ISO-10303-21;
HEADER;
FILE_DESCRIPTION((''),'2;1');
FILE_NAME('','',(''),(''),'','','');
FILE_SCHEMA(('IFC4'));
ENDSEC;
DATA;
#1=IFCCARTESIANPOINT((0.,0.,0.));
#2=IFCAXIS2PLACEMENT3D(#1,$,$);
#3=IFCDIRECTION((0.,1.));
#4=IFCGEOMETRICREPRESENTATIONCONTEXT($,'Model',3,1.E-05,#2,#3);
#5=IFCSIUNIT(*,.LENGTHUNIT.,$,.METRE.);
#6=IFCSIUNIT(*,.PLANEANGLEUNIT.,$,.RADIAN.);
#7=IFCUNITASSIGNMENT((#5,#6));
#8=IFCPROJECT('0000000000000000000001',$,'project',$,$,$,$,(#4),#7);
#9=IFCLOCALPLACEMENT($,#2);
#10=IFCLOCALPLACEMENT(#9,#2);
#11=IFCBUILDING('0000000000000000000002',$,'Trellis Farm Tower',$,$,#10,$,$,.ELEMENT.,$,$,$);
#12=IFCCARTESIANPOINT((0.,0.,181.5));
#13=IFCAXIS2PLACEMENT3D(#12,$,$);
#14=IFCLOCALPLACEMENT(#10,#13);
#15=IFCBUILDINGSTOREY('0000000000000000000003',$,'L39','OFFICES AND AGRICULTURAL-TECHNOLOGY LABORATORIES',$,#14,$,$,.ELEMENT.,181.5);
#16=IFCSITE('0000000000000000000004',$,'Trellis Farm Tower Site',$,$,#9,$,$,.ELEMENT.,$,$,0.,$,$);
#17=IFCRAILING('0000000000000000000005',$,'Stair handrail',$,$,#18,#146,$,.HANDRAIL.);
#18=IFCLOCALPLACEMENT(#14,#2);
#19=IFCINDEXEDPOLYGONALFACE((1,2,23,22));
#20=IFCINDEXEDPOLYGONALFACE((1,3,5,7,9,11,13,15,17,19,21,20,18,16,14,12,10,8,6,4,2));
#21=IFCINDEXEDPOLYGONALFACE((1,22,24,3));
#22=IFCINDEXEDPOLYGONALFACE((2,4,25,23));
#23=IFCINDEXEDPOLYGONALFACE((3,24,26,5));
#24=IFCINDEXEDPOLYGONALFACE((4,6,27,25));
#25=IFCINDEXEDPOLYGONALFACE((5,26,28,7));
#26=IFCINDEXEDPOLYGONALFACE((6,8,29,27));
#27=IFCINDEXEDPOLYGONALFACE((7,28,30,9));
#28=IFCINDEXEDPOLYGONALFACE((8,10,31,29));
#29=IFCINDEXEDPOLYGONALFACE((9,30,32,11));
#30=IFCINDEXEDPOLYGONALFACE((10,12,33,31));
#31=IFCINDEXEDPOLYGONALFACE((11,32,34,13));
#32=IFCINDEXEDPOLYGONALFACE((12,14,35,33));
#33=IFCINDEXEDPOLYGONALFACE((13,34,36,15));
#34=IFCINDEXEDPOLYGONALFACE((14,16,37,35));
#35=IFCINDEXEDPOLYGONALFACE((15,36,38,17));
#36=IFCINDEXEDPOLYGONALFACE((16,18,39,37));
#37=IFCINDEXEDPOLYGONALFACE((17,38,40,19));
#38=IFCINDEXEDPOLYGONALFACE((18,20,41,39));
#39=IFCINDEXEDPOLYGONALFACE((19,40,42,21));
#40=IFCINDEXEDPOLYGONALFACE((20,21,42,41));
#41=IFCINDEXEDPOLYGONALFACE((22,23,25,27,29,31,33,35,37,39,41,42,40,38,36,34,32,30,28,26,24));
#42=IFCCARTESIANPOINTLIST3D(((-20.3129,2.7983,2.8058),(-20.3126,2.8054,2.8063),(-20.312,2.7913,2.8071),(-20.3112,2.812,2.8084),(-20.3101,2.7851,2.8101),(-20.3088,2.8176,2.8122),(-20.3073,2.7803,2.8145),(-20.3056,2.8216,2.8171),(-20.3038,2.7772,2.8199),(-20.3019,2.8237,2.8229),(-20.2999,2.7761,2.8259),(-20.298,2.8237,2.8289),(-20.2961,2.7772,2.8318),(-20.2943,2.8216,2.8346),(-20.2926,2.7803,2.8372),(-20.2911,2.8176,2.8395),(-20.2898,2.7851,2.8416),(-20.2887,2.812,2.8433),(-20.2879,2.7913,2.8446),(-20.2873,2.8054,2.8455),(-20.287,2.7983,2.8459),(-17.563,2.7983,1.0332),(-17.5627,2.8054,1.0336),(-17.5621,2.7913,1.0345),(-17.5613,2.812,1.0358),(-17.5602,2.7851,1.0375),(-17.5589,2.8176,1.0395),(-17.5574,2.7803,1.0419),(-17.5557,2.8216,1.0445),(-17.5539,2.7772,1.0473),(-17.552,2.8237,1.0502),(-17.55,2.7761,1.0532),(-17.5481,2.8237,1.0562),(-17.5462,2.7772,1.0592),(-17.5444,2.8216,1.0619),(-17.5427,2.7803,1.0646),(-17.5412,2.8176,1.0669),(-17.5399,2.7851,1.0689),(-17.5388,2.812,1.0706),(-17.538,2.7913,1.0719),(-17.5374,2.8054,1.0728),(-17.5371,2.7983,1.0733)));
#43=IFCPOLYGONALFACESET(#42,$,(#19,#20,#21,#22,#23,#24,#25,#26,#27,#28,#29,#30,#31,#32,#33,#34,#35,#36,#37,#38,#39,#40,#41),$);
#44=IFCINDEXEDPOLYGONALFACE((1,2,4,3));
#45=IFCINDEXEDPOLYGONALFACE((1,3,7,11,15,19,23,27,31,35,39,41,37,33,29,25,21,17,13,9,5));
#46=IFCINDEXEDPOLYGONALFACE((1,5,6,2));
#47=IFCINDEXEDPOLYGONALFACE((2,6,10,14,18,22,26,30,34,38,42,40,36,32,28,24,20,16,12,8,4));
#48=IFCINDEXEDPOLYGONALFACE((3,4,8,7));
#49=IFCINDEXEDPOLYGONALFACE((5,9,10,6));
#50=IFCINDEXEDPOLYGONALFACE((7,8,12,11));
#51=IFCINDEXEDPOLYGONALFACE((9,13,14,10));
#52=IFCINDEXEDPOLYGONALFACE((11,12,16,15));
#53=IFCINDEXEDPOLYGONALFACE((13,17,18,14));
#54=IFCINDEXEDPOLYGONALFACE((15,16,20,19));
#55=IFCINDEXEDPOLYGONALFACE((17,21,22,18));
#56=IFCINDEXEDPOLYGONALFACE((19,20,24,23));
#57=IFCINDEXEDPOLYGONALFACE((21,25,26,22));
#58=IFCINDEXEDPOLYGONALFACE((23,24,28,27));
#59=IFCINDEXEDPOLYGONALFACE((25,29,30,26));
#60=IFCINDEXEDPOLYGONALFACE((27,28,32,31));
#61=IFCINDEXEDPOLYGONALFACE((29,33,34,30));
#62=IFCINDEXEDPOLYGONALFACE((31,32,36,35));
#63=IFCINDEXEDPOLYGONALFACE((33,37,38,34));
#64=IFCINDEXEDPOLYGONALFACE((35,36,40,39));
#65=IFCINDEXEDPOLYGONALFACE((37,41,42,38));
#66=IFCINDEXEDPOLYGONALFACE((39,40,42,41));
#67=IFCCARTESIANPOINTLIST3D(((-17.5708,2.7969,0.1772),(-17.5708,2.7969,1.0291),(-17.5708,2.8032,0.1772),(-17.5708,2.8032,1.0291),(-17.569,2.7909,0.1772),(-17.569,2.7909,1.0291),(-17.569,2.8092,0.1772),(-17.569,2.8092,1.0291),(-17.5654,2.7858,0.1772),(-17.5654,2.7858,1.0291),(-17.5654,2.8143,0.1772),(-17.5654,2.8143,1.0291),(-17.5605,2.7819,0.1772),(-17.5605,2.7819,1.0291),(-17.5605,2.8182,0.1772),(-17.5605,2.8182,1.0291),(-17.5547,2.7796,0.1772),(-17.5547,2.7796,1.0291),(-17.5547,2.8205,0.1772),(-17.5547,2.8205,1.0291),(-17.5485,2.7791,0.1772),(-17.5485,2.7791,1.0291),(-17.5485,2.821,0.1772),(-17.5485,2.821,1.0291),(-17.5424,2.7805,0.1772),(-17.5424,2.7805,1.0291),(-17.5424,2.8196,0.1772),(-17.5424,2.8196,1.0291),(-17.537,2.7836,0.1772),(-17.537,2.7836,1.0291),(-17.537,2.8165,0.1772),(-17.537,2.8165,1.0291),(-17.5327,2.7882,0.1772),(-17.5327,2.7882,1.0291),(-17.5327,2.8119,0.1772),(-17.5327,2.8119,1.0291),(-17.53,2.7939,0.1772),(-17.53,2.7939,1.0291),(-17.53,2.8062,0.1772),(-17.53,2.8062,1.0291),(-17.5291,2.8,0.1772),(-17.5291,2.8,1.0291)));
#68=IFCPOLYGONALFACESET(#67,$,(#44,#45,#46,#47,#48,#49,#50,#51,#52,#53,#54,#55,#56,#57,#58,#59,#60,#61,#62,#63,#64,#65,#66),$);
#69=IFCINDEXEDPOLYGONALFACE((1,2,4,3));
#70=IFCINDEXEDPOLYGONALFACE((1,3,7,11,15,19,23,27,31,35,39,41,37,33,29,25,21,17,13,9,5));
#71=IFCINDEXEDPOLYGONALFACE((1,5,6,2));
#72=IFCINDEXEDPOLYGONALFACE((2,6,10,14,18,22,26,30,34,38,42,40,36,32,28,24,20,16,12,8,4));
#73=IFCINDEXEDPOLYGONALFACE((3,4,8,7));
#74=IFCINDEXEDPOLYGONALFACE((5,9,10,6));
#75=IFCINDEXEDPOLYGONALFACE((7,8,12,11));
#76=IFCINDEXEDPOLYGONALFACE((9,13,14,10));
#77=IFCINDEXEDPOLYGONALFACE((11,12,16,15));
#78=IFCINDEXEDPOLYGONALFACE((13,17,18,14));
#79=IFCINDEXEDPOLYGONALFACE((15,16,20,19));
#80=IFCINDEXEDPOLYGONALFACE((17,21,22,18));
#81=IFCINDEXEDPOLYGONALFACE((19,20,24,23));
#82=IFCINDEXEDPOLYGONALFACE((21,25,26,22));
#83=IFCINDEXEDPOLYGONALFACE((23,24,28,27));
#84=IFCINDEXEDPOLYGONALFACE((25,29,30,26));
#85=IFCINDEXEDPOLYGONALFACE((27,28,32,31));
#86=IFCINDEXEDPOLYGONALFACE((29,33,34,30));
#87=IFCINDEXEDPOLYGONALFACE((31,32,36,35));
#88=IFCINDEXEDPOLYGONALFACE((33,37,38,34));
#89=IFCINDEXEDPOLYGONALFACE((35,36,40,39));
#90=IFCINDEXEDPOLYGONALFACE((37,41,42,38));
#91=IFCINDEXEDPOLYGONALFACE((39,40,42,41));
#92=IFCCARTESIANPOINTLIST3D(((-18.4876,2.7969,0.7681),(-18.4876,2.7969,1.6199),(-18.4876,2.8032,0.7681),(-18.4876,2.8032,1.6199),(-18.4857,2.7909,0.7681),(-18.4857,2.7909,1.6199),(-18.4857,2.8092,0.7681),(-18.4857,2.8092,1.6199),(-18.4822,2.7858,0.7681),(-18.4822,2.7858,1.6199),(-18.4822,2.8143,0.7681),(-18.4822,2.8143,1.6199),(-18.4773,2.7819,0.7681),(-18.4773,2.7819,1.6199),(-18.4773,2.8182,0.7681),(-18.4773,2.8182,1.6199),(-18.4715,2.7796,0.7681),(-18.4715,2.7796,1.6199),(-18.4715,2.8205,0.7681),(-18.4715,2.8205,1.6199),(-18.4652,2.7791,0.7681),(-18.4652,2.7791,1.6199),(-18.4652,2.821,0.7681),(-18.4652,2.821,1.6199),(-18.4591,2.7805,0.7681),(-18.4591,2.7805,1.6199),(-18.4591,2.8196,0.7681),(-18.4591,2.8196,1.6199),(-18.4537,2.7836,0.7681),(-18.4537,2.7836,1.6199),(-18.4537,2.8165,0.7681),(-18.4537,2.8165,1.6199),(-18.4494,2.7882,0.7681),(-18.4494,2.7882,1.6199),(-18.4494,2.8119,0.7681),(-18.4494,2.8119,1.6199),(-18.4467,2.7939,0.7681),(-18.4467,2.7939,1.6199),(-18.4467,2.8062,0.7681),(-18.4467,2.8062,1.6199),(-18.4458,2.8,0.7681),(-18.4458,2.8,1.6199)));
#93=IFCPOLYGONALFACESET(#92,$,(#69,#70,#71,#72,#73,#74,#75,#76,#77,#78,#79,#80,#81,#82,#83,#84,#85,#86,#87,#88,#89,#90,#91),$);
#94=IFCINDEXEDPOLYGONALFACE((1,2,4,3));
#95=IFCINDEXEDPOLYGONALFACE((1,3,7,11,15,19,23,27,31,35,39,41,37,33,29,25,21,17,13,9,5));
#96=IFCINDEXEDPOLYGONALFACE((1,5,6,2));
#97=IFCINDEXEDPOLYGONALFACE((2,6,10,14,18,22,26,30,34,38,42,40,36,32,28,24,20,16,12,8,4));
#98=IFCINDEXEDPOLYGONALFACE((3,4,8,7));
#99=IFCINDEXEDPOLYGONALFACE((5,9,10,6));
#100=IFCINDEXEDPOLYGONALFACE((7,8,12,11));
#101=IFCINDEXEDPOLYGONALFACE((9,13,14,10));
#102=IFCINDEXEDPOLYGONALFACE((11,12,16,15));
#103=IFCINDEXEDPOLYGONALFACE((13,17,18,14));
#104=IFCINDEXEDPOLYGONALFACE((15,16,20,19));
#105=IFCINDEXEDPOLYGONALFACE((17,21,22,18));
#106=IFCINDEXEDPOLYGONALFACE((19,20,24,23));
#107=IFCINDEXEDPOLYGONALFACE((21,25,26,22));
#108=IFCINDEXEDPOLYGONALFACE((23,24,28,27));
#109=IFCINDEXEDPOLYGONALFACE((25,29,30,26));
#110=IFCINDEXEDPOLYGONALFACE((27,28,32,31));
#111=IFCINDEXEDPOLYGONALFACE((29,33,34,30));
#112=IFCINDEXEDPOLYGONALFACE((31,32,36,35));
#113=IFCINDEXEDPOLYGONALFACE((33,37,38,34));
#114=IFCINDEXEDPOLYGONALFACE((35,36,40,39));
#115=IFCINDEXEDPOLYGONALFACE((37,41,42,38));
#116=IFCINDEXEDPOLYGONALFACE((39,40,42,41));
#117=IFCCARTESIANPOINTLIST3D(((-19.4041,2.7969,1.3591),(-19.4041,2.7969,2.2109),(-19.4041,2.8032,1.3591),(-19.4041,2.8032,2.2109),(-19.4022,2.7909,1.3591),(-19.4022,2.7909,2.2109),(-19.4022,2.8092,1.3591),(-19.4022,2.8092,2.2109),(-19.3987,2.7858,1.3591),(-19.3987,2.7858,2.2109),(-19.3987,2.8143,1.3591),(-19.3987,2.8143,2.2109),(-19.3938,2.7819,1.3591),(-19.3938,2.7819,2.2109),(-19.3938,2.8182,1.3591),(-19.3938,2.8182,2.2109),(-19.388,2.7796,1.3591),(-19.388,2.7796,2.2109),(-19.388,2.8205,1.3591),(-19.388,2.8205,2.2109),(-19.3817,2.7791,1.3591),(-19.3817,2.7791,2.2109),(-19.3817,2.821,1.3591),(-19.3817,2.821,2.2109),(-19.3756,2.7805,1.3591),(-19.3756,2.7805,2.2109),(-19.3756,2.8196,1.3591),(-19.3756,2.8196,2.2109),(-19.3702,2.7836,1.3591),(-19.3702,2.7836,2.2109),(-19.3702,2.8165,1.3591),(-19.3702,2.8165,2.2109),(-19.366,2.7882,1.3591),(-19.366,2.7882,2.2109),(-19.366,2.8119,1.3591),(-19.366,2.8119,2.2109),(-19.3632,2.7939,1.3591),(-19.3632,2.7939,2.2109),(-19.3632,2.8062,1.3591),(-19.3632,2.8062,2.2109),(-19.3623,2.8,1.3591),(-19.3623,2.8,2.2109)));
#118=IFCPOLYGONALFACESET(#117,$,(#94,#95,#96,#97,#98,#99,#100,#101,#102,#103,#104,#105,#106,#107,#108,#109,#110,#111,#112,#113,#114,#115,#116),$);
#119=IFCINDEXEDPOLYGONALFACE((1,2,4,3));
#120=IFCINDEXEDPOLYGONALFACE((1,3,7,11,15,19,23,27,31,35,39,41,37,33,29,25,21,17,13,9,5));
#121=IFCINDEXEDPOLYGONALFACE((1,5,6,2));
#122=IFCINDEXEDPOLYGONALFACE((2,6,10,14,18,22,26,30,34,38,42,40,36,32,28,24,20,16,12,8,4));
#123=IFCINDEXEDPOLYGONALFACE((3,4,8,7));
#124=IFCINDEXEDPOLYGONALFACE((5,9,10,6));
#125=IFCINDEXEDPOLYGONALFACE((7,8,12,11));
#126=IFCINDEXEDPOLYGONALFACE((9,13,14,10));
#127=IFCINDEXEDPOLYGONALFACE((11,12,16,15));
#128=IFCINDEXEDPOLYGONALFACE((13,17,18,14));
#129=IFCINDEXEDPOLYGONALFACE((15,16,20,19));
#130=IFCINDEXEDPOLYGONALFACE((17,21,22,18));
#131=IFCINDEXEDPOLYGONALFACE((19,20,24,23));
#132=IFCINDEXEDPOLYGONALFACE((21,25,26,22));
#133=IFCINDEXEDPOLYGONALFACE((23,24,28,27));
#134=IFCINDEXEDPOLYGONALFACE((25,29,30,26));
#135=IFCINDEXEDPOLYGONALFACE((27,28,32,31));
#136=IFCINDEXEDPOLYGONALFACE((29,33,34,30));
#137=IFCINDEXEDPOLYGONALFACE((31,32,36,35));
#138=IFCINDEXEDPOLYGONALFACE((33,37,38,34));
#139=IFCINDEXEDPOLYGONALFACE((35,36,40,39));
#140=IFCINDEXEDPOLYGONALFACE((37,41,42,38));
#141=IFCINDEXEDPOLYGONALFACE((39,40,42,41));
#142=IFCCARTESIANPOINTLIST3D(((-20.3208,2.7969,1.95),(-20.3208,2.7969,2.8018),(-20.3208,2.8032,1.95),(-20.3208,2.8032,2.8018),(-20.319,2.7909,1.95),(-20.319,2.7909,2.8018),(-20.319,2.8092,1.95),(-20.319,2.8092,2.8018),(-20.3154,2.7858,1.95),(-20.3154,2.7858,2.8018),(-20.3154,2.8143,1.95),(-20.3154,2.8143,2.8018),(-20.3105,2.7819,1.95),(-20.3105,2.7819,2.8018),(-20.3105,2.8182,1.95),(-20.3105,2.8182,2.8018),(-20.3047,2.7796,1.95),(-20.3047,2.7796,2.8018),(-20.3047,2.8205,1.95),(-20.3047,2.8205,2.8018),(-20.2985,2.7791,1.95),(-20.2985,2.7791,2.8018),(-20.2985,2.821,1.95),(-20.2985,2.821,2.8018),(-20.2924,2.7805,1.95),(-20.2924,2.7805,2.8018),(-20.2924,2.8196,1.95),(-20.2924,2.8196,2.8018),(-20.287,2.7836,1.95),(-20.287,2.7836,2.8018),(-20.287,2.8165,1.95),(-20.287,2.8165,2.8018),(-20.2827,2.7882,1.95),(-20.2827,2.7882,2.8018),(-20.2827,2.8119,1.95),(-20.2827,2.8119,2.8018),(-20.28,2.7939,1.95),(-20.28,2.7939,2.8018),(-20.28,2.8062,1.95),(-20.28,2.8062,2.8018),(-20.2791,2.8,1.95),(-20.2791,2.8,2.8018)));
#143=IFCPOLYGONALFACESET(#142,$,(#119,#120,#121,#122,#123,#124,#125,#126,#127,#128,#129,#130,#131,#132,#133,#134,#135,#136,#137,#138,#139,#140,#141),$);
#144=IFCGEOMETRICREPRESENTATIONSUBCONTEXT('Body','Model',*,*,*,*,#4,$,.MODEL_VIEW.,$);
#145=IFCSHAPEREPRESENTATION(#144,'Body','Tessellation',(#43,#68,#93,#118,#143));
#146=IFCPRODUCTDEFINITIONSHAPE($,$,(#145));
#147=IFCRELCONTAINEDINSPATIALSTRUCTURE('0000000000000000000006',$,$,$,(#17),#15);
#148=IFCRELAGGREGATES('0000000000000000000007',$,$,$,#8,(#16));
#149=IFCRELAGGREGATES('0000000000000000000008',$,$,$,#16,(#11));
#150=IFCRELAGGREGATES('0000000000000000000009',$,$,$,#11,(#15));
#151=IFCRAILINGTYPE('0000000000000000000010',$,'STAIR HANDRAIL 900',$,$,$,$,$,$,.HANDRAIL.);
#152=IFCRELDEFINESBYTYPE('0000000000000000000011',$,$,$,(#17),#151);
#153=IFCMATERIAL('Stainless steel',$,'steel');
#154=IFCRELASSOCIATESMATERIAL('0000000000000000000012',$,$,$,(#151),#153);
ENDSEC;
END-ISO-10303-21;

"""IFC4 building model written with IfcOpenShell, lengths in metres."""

from ifc_helpers import new_model, si_unit, direction, frame, origin, origin_2d, place, context, subcontext, project, spatial, circle, extrude, source, transform, mapped, material, type_object, element, save


model = new_model("IFC4")

# Units and contexts
model_context = context("Model", 3, precision=1e-05, world=origin(), true_north=direction((0.0, 1.0)))
body_context = subcontext(model_context, "Body", "Model", "MODEL_VIEW")
ifc_project = project(units=[si_unit("LENGTHUNIT", "METRE"), si_unit("PLANEANGLEUNIT", "RADIAN")], contexts=[model_context])

# Site, building, storey
site_placement = place(None, origin())
site = spatial("IfcSite", under=ifc_project, at=site_placement, Name="Trellis Farm Tower Site", CompositionType="ELEMENT", RefElevation=0.0)
building_placement = place(site_placement, origin())
building = spatial("IfcBuilding", under=site, at=building_placement, Name="Trellis Farm Tower", CompositionType="ELEMENT")
storey_placement = place(building_placement, frame((0.0, 0.0, 181.5)))
storey = spatial("IfcBuildingStorey", under=building, at=storey_placement, Name="L39", Description="OFFICES AND AGRICULTURAL-TECHNOLOGY LABORATORIES", CompositionType="ELEMENT", Elevation=181.5)

# Railing
ifc_material_1 = material(Name="Stainless steel", Category="steel")
railing_type = type_object("IfcRailingType", Name="STAIR HANDRAIL 900", PredefinedType="HANDRAIL", material=ifc_material_1)
shared_shape_1 = source(origin(), body_context, "Body", "SweptSolid", [
    extrude(circle(Radius=0.0239, at=origin_2d()), frame((0.0, 0.0, 0.876), z_axis=(-0.840504, 0.0, 0.541806), x_axis=(0.0, -1.0, 0.0)), (0.0, 0.0, 1.0), 3.2717),
    extrude(circle(Radius=0.021, at=origin_2d()), origin(), (0.0, 0.0, 1.0), 0.8518),
    extrude(circle(Radius=0.021, at=origin_2d()), frame((-0.9167, 0.0, 0.5908)), (0.0, 0.0, 1.0), 0.8518),
    extrude(circle(Radius=0.021, at=origin_2d()), frame((-1.8333, 0.0, 1.1819)), (0.0, 0.0, 1.0), 0.8518),
    extrude(circle(Radius=0.021, at=origin_2d()), frame((-2.75, 0.0, 1.7727)), (0.0, 0.0, 1.0), 0.8518),
])
for number, where, name in (
    (1, (-17.55, 2.8, 0.1772), "Stair handrail"),
):
    element("IfcRailing", number, at=place(storey_placement, frame(where)), inside=storey, type_object=railing_type, Name=name, PredefinedType="HANDRAIL", context=body_context, shape_type="MappedRepresentation", body=[
        mapped(shared_shape_1, transform((0.0, 0.0, 0.0))),
    ])

save(model, "model.ifc")
